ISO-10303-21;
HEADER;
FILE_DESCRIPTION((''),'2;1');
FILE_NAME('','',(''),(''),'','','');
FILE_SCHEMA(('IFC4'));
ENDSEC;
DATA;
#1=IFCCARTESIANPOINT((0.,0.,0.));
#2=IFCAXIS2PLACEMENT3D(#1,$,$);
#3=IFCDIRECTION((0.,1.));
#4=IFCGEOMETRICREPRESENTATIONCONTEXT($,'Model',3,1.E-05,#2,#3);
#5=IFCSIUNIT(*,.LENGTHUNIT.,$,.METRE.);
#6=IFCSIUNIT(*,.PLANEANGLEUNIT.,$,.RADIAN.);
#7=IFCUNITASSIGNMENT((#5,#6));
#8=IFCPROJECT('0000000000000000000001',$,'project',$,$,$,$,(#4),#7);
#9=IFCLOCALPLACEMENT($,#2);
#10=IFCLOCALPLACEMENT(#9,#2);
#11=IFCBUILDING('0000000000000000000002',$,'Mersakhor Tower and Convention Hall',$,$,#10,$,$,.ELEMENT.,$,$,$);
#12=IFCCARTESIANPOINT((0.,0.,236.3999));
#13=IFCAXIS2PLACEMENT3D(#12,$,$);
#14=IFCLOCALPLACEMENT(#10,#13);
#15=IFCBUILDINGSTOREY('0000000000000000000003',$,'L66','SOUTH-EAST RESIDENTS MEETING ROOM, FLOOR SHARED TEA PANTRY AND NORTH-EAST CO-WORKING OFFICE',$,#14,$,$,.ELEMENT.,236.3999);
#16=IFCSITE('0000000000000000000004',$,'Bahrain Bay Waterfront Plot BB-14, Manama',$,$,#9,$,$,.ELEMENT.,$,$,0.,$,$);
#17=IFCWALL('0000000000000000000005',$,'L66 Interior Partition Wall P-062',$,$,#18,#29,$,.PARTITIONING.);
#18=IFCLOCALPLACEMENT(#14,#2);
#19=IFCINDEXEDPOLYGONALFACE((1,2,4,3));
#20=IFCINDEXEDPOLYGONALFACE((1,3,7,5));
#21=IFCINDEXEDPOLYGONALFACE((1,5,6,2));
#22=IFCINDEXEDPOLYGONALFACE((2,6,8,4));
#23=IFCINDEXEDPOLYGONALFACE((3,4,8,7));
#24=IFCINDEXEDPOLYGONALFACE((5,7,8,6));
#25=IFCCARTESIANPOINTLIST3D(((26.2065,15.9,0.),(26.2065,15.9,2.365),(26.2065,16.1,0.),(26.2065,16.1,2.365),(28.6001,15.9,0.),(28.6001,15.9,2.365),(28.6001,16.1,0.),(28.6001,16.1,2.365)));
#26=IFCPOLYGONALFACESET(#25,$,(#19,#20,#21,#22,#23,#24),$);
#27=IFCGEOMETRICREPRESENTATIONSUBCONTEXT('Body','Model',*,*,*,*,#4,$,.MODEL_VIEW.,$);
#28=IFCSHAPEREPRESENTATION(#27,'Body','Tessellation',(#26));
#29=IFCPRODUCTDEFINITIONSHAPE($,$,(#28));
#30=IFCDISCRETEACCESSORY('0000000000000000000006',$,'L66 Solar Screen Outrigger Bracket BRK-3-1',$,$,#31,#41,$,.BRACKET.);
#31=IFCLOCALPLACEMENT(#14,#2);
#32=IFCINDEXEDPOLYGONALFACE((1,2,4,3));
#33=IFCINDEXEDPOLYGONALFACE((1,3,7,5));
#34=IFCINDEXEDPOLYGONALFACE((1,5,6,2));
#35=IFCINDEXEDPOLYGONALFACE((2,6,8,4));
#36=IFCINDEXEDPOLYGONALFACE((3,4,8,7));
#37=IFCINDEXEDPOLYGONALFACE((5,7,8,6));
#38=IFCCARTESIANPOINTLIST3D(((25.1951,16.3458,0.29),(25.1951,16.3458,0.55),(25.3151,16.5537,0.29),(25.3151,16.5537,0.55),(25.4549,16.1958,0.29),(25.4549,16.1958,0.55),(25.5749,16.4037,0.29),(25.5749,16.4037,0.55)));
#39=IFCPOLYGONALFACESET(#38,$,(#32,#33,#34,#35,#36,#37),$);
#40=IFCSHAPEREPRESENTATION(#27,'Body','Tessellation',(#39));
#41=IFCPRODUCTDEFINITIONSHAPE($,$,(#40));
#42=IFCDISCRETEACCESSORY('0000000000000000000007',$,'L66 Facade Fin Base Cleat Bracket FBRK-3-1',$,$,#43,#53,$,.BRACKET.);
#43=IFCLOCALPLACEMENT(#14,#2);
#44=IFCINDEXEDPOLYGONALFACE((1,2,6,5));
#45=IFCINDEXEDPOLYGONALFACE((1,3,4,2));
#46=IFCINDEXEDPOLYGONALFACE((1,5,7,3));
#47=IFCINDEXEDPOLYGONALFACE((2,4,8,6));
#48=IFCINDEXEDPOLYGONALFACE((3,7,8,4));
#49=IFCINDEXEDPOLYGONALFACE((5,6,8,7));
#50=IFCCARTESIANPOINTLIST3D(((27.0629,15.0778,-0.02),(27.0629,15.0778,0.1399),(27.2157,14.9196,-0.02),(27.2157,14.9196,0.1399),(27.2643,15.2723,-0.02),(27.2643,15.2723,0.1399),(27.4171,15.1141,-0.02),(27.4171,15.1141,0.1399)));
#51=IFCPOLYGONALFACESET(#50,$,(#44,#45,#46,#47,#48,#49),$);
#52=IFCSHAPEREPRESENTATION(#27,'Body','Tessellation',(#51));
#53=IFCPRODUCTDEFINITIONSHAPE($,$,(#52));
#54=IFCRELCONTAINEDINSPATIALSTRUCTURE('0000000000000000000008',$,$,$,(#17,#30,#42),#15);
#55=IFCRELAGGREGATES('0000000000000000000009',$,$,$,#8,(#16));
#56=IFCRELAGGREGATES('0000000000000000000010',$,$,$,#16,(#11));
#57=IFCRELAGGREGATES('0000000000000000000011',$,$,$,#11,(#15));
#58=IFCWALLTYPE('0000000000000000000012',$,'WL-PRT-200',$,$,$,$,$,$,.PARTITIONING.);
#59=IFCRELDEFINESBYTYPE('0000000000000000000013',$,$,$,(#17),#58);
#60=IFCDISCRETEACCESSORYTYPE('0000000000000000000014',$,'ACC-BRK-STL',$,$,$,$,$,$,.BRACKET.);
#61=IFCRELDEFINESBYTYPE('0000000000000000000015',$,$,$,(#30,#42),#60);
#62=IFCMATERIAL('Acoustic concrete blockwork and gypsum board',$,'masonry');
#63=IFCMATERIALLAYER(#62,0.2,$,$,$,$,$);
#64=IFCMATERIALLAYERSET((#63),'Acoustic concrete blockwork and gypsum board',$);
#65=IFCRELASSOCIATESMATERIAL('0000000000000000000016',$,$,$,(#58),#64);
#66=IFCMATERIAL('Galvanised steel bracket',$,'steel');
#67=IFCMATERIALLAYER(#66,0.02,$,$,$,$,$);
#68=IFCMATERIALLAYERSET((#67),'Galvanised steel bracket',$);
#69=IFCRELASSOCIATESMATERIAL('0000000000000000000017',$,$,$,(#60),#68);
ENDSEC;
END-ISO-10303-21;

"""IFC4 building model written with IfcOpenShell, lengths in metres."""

from ifc_helpers import new_model, si_unit, direction, frame, frame_2d, origin, origin_2d, place, context, subcontext, project, spatial, rectangle, extrude, material, layer, layer_set, type_object, element, save


model = new_model("IFC4")

# Units and contexts
model_context = context("Model", 3, precision=1e-05, world=origin(), true_north=direction((0.0, 1.0)))
body_context = subcontext(model_context, "Body", "Model", "MODEL_VIEW")
ifc_project = project(units=[si_unit("LENGTHUNIT", "METRE"), si_unit("PLANEANGLEUNIT", "RADIAN")], contexts=[model_context])

# Site, building, storey
site_placement = place(None, origin())
site = spatial("IfcSite", under=ifc_project, at=site_placement, Name="Bahrain Bay Waterfront Plot BB-14, Manama", CompositionType="ELEMENT", RefElevation=0.0)
building_placement = place(site_placement, origin())
building = spatial("IfcBuilding", under=site, at=building_placement, Name="Mersakhor Tower and Convention Hall", CompositionType="ELEMENT")
storey_placement = place(building_placement, frame((0.0, 0.0, 236.3999)))
storey = spatial("IfcBuildingStorey", under=building, at=storey_placement, Name="L66", Description="SOUTH-EAST RESIDENTS MEETING ROOM, FLOOR SHARED TEA PANTRY AND NORTH-EAST CO-WORKING OFFICE", CompositionType="ELEMENT", Elevation=236.3999)

# Shared definitions
ifc_material_1 = material(Name="Acoustic concrete blockwork and gypsum board", Category="masonry")
ifc_layer_1 = layer(ifc_material_1, 0.2)
ifc_layer_set_1 = layer_set([ifc_layer_1], Name="Acoustic concrete blockwork and gypsum board")
wall_type_1 = type_object("IfcWallType", Name="WL-PRT-200", PredefinedType="PARTITIONING", material=ifc_layer_set_1)

# Wall
wall_1_placement = place(storey_placement, frame((28.6001, 16.0, 0.0), z_axis=(0.0, 0.0, 1.0), x_axis=(-1.0, 0.0, 0.0)))
element("IfcWall", 1, at=wall_1_placement, inside=storey, type_object=wall_type_1, Name="L66 Interior Partition Wall P-062", PredefinedType="PARTITIONING", context=body_context, shape_type="SweptSolid", body=[
    extrude(rectangle(XDim=2.3936, YDim=0.2, at=frame_2d((1.1968, 0.0))), origin(), (0.0, 0.0, 1.0), 2.365),
])

# Discrete accessories
ifc_material_2 = material(Name="Galvanised steel bracket", Category="steel")
ifc_layer_2 = layer(ifc_material_2, 0.02)
ifc_layer_set_2 = layer_set([ifc_layer_2], Name="Galvanised steel bracket")
discrete_accessory_type = type_object("IfcDiscreteAccessoryType", Name="ACC-BRK-STL", PredefinedType="BRACKET", material=ifc_layer_set_2)
discrete_accessory_1_placement = place(storey_placement, frame((25.385, 16.3748, 0.29), z_axis=(0.0, 0.0, 1.0), x_axis=(-0.866025, 0.5, 0.0)))
element("IfcDiscreteAccessory", 2, at=discrete_accessory_1_placement, inside=storey, type_object=discrete_accessory_type, Name="L66 Solar Screen Outrigger Bracket BRK-3-1", PredefinedType="BRACKET", context=body_context, shape_type="SweptSolid", body=[
    extrude(rectangle(XDim=0.3, YDim=0.24, at=origin_2d()), origin(), (0.0, 0.0, 1.0), 0.26),
])
discrete_accessory_2_placement = place(storey_placement, frame((27.24, 15.0959, -0.02), z_axis=(0.0, 0.0, 1.0), x_axis=(-0.71934, -0.694658, 0.0)))
element("IfcDiscreteAccessory", 3, at=discrete_accessory_2_placement, inside=storey, type_object=discrete_accessory_type, Name="L66 Facade Fin Base Cleat Bracket FBRK-3-1", PredefinedType="BRACKET", context=body_context, shape_type="SweptSolid", body=[
    extrude(rectangle(XDim=0.28, YDim=0.22, at=origin_2d()), origin(), (0.0, 0.0, 1.0), 0.1599),
])

save(model, "model.ifc")
